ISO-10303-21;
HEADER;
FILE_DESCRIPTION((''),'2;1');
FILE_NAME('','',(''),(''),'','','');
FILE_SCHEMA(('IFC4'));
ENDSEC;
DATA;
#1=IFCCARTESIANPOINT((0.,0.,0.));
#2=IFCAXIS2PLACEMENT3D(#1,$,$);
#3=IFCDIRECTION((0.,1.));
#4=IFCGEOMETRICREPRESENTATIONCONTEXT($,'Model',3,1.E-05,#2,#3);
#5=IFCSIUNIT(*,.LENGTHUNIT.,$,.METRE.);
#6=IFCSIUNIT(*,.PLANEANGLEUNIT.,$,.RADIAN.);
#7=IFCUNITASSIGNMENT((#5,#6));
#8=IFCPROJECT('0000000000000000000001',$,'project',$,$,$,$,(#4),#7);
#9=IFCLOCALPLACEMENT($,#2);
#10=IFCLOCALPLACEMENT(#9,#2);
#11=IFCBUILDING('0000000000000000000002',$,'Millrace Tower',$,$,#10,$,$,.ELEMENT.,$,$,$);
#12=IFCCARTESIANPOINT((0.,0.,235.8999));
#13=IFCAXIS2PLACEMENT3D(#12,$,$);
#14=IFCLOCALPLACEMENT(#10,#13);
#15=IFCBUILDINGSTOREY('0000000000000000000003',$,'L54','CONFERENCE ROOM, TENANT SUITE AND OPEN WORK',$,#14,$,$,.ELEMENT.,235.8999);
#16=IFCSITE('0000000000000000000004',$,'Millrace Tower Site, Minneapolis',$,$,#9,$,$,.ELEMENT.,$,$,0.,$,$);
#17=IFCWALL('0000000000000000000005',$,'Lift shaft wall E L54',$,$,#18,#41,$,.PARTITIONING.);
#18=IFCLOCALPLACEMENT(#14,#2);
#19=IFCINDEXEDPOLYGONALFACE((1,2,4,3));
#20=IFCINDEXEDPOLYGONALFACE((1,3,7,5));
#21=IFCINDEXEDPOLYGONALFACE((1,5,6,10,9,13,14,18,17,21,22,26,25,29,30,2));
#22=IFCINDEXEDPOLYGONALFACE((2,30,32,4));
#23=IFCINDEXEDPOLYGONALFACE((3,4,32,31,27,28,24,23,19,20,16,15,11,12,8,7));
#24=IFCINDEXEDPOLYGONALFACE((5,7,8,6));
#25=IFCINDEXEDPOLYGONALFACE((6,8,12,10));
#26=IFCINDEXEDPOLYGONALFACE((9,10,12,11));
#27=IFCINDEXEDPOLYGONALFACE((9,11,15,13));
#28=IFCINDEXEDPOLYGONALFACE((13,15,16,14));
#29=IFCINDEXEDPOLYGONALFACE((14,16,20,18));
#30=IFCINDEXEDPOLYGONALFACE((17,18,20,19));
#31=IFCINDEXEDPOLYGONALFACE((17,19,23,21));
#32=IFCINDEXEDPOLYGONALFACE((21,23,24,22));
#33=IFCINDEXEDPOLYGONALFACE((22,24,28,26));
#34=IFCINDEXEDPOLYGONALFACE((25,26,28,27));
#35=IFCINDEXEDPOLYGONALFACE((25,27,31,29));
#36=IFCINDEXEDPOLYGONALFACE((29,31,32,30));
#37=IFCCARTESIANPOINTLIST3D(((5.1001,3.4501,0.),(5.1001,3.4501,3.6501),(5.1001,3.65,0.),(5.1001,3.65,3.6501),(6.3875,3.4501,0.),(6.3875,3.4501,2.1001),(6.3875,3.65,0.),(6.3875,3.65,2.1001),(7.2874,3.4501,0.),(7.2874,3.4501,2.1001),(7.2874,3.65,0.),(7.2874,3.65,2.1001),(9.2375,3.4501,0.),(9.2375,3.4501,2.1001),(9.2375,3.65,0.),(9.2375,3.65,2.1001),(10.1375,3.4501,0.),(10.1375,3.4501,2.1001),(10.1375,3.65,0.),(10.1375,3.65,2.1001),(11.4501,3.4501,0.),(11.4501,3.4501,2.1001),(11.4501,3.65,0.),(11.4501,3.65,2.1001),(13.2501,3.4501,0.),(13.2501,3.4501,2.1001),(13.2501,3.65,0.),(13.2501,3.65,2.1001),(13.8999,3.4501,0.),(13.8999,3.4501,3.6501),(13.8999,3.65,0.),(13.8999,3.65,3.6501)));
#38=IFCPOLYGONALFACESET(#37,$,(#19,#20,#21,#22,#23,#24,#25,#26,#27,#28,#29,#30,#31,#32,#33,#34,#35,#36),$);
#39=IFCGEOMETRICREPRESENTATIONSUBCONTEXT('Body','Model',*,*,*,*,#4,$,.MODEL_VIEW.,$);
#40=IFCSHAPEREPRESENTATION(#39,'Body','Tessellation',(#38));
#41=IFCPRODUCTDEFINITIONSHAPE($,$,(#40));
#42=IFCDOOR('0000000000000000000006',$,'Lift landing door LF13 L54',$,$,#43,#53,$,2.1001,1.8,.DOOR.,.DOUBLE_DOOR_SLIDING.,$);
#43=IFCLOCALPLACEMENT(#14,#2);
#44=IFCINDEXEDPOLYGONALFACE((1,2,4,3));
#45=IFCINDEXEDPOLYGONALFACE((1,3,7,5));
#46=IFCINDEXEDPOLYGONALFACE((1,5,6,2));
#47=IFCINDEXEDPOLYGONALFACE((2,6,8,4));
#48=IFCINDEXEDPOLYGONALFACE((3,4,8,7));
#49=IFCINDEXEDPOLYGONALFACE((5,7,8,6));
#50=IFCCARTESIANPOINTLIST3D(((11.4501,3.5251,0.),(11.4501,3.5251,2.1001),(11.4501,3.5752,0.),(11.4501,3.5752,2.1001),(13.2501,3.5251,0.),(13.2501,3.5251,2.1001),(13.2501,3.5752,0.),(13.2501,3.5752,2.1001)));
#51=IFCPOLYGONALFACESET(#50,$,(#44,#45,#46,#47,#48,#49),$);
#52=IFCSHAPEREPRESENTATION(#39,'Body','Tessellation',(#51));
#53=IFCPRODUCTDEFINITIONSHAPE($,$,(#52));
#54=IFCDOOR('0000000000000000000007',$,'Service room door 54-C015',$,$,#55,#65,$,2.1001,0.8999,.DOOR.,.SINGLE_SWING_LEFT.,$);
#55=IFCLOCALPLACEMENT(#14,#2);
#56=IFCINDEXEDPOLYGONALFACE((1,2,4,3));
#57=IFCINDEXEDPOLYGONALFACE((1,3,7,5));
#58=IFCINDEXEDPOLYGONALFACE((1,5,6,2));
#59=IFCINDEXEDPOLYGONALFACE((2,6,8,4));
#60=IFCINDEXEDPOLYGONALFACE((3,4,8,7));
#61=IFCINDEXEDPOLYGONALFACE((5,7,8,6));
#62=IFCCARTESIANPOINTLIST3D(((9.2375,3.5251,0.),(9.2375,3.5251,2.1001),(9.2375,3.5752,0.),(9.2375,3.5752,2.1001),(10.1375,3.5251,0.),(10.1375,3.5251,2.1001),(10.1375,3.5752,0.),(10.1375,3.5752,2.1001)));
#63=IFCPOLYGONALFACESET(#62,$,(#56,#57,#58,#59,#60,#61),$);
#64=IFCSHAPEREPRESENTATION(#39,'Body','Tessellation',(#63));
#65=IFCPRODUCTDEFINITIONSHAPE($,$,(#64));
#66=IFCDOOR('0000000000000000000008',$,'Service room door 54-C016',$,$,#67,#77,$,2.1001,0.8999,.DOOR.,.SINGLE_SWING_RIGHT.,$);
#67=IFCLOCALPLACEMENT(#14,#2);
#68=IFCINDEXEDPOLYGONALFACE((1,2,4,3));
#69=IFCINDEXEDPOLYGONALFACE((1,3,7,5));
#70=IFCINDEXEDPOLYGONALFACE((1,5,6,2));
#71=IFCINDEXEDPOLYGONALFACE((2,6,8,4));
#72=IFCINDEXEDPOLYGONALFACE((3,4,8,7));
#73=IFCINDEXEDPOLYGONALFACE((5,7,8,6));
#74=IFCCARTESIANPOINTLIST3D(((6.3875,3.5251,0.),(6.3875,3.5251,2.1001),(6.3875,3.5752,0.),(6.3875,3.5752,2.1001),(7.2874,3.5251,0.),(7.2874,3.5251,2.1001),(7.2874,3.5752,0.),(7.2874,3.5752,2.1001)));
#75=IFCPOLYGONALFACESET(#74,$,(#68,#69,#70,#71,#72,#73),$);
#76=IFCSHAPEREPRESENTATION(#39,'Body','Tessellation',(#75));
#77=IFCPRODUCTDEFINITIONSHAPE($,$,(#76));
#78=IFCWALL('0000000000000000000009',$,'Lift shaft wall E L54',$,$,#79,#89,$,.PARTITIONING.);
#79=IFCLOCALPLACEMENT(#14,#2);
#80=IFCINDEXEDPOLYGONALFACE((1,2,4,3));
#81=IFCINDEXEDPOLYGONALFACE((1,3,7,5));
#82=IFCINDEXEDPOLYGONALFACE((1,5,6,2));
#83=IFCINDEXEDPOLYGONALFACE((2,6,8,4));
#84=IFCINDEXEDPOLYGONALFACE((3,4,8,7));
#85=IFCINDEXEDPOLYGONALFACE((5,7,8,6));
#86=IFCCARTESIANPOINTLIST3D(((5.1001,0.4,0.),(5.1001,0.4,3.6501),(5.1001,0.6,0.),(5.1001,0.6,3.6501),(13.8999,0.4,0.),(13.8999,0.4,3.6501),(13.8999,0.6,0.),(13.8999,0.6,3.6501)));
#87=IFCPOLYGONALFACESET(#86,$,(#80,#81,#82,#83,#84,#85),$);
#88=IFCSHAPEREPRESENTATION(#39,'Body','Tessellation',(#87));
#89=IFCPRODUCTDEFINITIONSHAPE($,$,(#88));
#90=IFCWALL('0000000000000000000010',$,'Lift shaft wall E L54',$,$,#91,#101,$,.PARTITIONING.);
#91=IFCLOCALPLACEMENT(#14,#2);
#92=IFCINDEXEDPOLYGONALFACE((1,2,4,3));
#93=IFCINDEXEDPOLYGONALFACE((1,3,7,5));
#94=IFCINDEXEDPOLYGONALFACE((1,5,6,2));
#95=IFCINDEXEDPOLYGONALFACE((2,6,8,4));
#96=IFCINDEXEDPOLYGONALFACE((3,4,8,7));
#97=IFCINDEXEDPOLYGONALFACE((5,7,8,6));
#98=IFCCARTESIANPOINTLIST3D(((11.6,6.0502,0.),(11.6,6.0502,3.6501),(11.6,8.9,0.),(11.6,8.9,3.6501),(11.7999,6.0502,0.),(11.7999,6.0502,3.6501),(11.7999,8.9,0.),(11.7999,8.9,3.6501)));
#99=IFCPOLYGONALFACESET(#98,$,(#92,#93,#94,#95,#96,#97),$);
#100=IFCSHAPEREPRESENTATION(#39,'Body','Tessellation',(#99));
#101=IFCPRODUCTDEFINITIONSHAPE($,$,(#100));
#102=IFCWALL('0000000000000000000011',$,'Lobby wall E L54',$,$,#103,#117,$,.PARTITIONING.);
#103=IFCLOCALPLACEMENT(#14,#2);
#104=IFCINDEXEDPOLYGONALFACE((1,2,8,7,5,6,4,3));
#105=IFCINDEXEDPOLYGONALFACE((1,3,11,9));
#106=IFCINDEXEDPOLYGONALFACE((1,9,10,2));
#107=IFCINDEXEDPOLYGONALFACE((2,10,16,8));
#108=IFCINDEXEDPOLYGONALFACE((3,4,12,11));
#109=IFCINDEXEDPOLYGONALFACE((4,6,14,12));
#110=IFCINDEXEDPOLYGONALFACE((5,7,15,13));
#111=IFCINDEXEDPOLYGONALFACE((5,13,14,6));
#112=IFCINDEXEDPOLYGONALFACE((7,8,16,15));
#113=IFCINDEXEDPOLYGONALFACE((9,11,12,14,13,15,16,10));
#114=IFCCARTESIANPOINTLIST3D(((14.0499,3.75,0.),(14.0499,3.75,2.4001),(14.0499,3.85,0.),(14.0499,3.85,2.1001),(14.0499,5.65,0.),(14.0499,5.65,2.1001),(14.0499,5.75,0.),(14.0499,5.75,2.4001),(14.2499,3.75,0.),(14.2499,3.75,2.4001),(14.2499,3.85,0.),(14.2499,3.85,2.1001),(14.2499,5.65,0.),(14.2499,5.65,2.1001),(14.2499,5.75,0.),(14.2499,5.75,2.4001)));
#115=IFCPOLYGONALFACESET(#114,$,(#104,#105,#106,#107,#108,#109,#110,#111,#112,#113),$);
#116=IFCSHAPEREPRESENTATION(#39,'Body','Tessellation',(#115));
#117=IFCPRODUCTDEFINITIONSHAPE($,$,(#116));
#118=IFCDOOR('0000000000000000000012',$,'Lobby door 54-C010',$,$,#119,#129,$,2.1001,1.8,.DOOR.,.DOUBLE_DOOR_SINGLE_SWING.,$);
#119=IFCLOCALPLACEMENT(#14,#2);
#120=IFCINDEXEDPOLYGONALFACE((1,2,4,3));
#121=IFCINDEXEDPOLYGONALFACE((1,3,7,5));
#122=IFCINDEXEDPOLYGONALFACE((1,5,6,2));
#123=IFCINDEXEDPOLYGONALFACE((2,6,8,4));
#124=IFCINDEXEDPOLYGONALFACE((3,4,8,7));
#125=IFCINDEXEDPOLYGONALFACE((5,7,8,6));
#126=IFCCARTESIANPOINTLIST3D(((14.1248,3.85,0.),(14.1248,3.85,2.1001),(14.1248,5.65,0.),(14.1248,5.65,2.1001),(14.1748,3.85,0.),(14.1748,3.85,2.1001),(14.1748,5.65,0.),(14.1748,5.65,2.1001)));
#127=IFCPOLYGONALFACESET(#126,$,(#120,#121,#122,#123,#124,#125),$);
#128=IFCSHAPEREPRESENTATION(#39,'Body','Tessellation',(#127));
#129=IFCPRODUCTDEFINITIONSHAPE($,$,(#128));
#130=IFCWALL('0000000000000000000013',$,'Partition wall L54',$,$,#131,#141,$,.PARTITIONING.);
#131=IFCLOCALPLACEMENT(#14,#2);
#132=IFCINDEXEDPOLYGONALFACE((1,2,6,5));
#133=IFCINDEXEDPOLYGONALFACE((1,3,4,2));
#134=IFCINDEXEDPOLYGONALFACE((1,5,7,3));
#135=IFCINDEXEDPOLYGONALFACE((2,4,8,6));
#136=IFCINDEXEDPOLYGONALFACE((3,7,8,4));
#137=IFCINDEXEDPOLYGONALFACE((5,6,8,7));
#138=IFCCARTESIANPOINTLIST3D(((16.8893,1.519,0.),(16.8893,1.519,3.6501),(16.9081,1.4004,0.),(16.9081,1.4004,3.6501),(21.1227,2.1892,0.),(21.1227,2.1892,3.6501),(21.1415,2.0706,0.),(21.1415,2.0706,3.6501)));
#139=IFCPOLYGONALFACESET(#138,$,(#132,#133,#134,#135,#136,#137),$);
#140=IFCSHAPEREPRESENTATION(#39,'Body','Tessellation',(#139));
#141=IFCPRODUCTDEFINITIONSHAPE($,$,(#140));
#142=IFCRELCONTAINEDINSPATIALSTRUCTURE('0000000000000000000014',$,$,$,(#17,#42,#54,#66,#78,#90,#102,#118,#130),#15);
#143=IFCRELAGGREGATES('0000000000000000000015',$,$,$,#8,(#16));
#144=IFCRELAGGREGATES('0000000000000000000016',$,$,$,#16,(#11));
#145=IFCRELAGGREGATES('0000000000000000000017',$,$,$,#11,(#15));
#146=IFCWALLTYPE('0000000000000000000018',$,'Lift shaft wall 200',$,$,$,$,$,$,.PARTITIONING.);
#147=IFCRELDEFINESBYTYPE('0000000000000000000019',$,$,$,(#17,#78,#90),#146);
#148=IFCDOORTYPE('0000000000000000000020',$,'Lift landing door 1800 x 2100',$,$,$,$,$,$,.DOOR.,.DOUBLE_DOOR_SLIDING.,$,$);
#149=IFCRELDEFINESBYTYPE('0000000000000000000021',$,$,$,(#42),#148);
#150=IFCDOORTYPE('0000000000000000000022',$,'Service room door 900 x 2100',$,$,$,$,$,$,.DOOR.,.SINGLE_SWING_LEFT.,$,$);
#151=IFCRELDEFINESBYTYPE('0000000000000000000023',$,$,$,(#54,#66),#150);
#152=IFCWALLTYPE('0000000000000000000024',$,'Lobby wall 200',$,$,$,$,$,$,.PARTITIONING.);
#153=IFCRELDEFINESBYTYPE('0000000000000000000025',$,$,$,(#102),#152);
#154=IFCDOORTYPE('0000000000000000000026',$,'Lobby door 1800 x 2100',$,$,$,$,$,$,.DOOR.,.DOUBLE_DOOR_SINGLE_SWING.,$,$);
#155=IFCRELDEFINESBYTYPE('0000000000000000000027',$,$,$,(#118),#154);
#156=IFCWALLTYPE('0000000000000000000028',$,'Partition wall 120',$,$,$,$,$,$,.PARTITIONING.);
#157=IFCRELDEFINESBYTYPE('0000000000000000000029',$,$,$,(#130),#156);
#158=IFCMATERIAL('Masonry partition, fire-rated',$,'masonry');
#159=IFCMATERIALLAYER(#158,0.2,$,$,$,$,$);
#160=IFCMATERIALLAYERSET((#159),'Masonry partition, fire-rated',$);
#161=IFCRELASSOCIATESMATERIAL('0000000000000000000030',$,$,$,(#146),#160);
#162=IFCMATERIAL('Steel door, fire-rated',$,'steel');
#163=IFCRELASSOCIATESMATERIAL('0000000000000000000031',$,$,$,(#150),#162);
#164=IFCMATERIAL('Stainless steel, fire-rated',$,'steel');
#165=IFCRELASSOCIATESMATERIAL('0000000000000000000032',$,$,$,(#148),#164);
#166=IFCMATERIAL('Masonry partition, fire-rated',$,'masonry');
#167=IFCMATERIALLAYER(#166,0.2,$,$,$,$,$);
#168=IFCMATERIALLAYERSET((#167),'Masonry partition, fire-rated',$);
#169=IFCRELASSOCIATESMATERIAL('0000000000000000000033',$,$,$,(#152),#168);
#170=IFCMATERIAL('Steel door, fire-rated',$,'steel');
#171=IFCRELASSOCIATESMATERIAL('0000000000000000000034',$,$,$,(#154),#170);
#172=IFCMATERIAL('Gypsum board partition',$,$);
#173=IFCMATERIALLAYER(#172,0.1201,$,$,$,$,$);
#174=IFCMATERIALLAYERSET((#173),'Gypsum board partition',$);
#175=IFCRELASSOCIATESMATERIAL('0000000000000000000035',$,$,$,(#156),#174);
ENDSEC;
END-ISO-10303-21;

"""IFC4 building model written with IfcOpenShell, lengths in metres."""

from ifc_helpers import new_model, si_unit, direction, frame, frame_2d, origin, place, context, subcontext, project, spatial, rectangle, extrude, material, layer, layer_set, type_object, element, fill, save


model = new_model("IFC4")

# Units and contexts
model_context = context("Model", 3, precision=1e-05, world=origin(), true_north=direction((0.0, 1.0)))
body_context = subcontext(model_context, "Body", "Model", "MODEL_VIEW")
ifc_project = project(units=[si_unit("LENGTHUNIT", "METRE"), si_unit("PLANEANGLEUNIT", "RADIAN")], contexts=[model_context])

# Site, building, storey
site_placement = place(None, origin())
site = spatial("IfcSite", under=ifc_project, at=site_placement, Name="Millrace Tower Site, Minneapolis", CompositionType="ELEMENT", RefElevation=0.0)
building_placement = place(site_placement, origin())
building = spatial("IfcBuilding", under=site, at=building_placement, Name="Millrace Tower", CompositionType="ELEMENT")
storey_placement = place(building_placement, frame((0.0, 0.0, 235.8999)))
storey = spatial("IfcBuildingStorey", under=building, at=storey_placement, Name="L54", Description="CONFERENCE ROOM, TENANT SUITE AND OPEN WORK", CompositionType="ELEMENT", Elevation=235.8999)

# Wall, openings, doors
ifc_material_1 = material(Name="Masonry partition, fire-rated", Category="masonry")
ifc_layer_1 = layer(ifc_material_1, 0.2)
ifc_layer_set_1 = layer_set([ifc_layer_1], Name="Masonry partition, fire-rated")
wall_type_1 = type_object("IfcWallType", Name="Lift shaft wall 200", PredefinedType="PARTITIONING", material=ifc_layer_set_1)
ifc_material_2 = material(Name="Steel door, fire-rated", Category="steel")
door_type_1 = type_object("IfcDoorType", Name="Service room door 900 x 2100", OperationType="SINGLE_SWING_LEFT", PredefinedType="DOOR", material=ifc_material_2)
wall_1_placement = place(storey_placement, frame((13.8999, 3.55, 0.0), z_axis=(0.0, 0.0, 1.0), x_axis=(-1.0, 0.0, 0.0)))
wall_1 = element("IfcWall", 1, at=wall_1_placement, inside=storey, type_object=wall_type_1, Name="Lift shaft wall E L54", PredefinedType="PARTITIONING", context=body_context, shape_type="SweptSolid", body=[
    extrude(rectangle(XDim=8.7998, YDim=0.2, at=frame_2d((4.3999, 0.0))), origin(), (0.0, 0.0, 1.0), 3.6501),
])
opening_1_placement = place(wall_1_placement, frame((0.6499, 0.0, 0.0)))
opening_1 = element("IfcOpeningElement", 2, at=opening_1_placement, cuts=wall_1, PredefinedType="OPENING", context=body_context, shape_type="SweptSolid", body=[
    extrude(rectangle(XDim=1.8, YDim=2.1001, at=frame_2d((0.8999, 1.05))), frame((0.0, 0.1099, 0.0), z_axis=(0.0, -1.0, 0.0), x_axis=(1.0, 0.0, 0.0)), (0.0, 0.0, 1.0), 0.22),
])
opening_2_placement = place(wall_1_placement, frame((3.7625, 0.0, 0.0)))
opening_2 = element("IfcOpeningElement", 3, at=opening_2_placement, cuts=wall_1, PredefinedType="OPENING", context=body_context, shape_type="SweptSolid", body=[
    extrude(rectangle(XDim=0.8999, YDim=2.1001, at=frame_2d((0.45, 1.05))), frame((0.0, 0.1099, 0.0), z_axis=(0.0, -1.0, 0.0), x_axis=(1.0, 0.0, 0.0)), (0.0, 0.0, 1.0), 0.22),
])
opening_3_placement = place(wall_1_placement, frame((6.6125, 0.0, 0.0)))
opening_3 = element("IfcOpeningElement", 4, at=opening_3_placement, cuts=wall_1, PredefinedType="OPENING", context=body_context, shape_type="SweptSolid", body=[
    extrude(rectangle(XDim=0.8999, YDim=2.1001, at=frame_2d((0.45, 1.05))), frame((0.0, 0.1099, 0.0), z_axis=(0.0, -1.0, 0.0), x_axis=(1.0, 0.0, 0.0)), (0.0, 0.0, 1.0), 0.22),
])
ifc_material_3 = material(Name="Stainless steel, fire-rated", Category="steel")
door_type_2 = type_object("IfcDoorType", Name="Lift landing door 1800 x 2100", OperationType="DOUBLE_DOOR_SLIDING", PredefinedType="DOOR", material=ifc_material_3)
door_1_placement = place(opening_1_placement, origin())
door_1 = element("IfcDoor", 5, at=door_1_placement, inside=storey, type_object=door_type_2, Name="Lift landing door LF13 L54", OperationType="DOUBLE_DOOR_SLIDING", OverallHeight=2.1001, OverallWidth=1.8, PredefinedType="DOOR", context=body_context, shape_type="SweptSolid", body=[
    extrude(rectangle(XDim=1.8, YDim=2.1001, at=frame_2d((0.8999, 1.05))), frame((0.0, 0.0249, 0.0), z_axis=(0.0, -1.0, 0.0), x_axis=(1.0, 0.0, 0.0)), (0.0, 0.0, 1.0), 0.05),
])
fill(opening_1, door_1)
door_2_placement = place(opening_2_placement, origin())
door_2 = element("IfcDoor", 6, at=door_2_placement, inside=storey, type_object=door_type_1, Name="Service room door 54-C015", OperationType="SINGLE_SWING_LEFT", OverallHeight=2.1001, OverallWidth=0.8999, PredefinedType="DOOR", context=body_context, shape_type="SweptSolid", body=[
    extrude(rectangle(XDim=0.8999, YDim=2.1001, at=frame_2d((0.45, 1.05))), frame((0.0, 0.0249, 0.0), z_axis=(0.0, -1.0, 0.0), x_axis=(1.0, 0.0, 0.0)), (0.0, 0.0, 1.0), 0.05),
])
fill(opening_2, door_2)
door_3_placement = place(opening_3_placement, origin())
door_3 = element("IfcDoor", 7, at=door_3_placement, inside=storey, type_object=door_type_1, Name="Service room door 54-C016", OperationType="SINGLE_SWING_RIGHT", OverallHeight=2.1001, OverallWidth=0.8999, PredefinedType="DOOR", context=body_context, shape_type="SweptSolid", body=[
    extrude(rectangle(XDim=0.8999, YDim=2.1001, at=frame_2d((0.45, 1.05))), frame((0.0, 0.0249, 0.0), z_axis=(0.0, -1.0, 0.0), x_axis=(1.0, 0.0, 0.0)), (0.0, 0.0, 1.0), 0.05),
])
fill(opening_3, door_3)

# Walls
wall_2_placement = place(storey_placement, frame((13.8999, 0.5, 0.0), z_axis=(0.0, 0.0, 1.0), x_axis=(-1.0, 0.0, 0.0)))
element("IfcWall", 8, at=wall_2_placement, inside=storey, type_object=wall_type_1, Name="Lift shaft wall E L54", PredefinedType="PARTITIONING", context=body_context, shape_type="SweptSolid", body=[
    extrude(rectangle(XDim=8.7998, YDim=0.2, at=frame_2d((4.3999, 0.0))), origin(), (0.0, 0.0, 1.0), 3.6501),
])
wall_3_placement = place(storey_placement, frame((11.7, 8.8999, 0.0), z_axis=(0.0, 0.0, 1.0), x_axis=(0.0, -1.0, 0.0)))
element("IfcWall", 9, at=wall_3_placement, inside=storey, type_object=wall_type_1, Name="Lift shaft wall E L54", PredefinedType="PARTITIONING", context=body_context, shape_type="SweptSolid", body=[
    extrude(rectangle(XDim=2.8499, YDim=0.2, at=frame_2d((1.4248, 0.0))), origin(), (0.0, 0.0, 1.0), 3.6501),
])

# Wall, opening, door
ifc_material_4 = material(Name="Masonry partition, fire-rated", Category="masonry")
ifc_layer_2 = layer(ifc_material_4, 0.2)
ifc_layer_set_2 = layer_set([ifc_layer_2], Name="Masonry partition, fire-rated")
wall_type_2 = type_object("IfcWallType", Name="Lobby wall 200", PredefinedType="PARTITIONING", material=ifc_layer_set_2)
wall_4_placement = place(storey_placement, frame((14.1499, 5.75, 0.0), z_axis=(0.0, 0.0, 1.0), x_axis=(0.0, -1.0, 0.0)))
wall_4 = element("IfcWall", 10, at=wall_4_placement, inside=storey, type_object=wall_type_2, Name="Lobby wall E L54", PredefinedType="PARTITIONING", context=body_context, shape_type="SweptSolid", body=[
    extrude(rectangle(XDim=2.0, YDim=0.2, at=frame_2d((1.0, 0.0))), origin(), (0.0, 0.0, 1.0), 2.4001),
])
opening_4_placement = place(wall_4_placement, frame((0.1001, 0.0, 0.0)))
opening_4 = element("IfcOpeningElement", 11, at=opening_4_placement, cuts=wall_4, PredefinedType="OPENING", context=body_context, shape_type="SweptSolid", body=[
    extrude(rectangle(XDim=1.8, YDim=2.1001, at=frame_2d((0.8999, 1.05))), frame((0.0, 0.1099, 0.0), z_axis=(0.0, -1.0, 0.0), x_axis=(1.0, 0.0, 0.0)), (0.0, 0.0, 1.0), 0.22),
])
ifc_material_5 = material(Name="Steel door, fire-rated", Category="steel")
door_type_3 = type_object("IfcDoorType", Name="Lobby door 1800 x 2100", OperationType="DOUBLE_DOOR_SINGLE_SWING", PredefinedType="DOOR", material=ifc_material_5)
door_4_placement = place(opening_4_placement, origin())
door_4 = element("IfcDoor", 12, at=door_4_placement, inside=storey, type_object=door_type_3, Name="Lobby door 54-C010", OperationType="DOUBLE_DOOR_SINGLE_SWING", OverallHeight=2.1001, OverallWidth=1.8, PredefinedType="DOOR", context=body_context, shape_type="SweptSolid", body=[
    extrude(rectangle(XDim=1.8, YDim=2.1001, at=frame_2d((0.8999, 1.05))), frame((0.0, 0.0249, 0.0), z_axis=(0.0, -1.0, 0.0), x_axis=(1.0, 0.0, 0.0)), (0.0, 0.0, 1.0), 0.05),
])
fill(opening_4, door_4)

# Wall
ifc_material_6 = material(Name="Gypsum board partition")
ifc_layer_3 = layer(ifc_material_6, 0.1201)
ifc_layer_set_3 = layer_set([ifc_layer_3], Name="Gypsum board partition")
wall_type_3 = type_object("IfcWallType", Name="Partition wall 120", PredefinedType="PARTITIONING", material=ifc_layer_set_3)
wall_5_placement = place(storey_placement, frame((16.8987, 1.4597, 0.0), z_axis=(0.0, 0.0, 1.0), x_axis=(0.987701, 0.156357, 0.0)))
element("IfcWall", 13, at=wall_5_placement, inside=storey, type_object=wall_type_3, Name="Partition wall L54", PredefinedType="PARTITIONING", context=body_context, shape_type="SweptSolid", body=[
    extrude(rectangle(XDim=4.2861, YDim=0.1201, at=frame_2d((2.1431, 0.0))), origin(), (0.0, 0.0, 1.0), 3.6501),
])

save(model, "model.ifc")
